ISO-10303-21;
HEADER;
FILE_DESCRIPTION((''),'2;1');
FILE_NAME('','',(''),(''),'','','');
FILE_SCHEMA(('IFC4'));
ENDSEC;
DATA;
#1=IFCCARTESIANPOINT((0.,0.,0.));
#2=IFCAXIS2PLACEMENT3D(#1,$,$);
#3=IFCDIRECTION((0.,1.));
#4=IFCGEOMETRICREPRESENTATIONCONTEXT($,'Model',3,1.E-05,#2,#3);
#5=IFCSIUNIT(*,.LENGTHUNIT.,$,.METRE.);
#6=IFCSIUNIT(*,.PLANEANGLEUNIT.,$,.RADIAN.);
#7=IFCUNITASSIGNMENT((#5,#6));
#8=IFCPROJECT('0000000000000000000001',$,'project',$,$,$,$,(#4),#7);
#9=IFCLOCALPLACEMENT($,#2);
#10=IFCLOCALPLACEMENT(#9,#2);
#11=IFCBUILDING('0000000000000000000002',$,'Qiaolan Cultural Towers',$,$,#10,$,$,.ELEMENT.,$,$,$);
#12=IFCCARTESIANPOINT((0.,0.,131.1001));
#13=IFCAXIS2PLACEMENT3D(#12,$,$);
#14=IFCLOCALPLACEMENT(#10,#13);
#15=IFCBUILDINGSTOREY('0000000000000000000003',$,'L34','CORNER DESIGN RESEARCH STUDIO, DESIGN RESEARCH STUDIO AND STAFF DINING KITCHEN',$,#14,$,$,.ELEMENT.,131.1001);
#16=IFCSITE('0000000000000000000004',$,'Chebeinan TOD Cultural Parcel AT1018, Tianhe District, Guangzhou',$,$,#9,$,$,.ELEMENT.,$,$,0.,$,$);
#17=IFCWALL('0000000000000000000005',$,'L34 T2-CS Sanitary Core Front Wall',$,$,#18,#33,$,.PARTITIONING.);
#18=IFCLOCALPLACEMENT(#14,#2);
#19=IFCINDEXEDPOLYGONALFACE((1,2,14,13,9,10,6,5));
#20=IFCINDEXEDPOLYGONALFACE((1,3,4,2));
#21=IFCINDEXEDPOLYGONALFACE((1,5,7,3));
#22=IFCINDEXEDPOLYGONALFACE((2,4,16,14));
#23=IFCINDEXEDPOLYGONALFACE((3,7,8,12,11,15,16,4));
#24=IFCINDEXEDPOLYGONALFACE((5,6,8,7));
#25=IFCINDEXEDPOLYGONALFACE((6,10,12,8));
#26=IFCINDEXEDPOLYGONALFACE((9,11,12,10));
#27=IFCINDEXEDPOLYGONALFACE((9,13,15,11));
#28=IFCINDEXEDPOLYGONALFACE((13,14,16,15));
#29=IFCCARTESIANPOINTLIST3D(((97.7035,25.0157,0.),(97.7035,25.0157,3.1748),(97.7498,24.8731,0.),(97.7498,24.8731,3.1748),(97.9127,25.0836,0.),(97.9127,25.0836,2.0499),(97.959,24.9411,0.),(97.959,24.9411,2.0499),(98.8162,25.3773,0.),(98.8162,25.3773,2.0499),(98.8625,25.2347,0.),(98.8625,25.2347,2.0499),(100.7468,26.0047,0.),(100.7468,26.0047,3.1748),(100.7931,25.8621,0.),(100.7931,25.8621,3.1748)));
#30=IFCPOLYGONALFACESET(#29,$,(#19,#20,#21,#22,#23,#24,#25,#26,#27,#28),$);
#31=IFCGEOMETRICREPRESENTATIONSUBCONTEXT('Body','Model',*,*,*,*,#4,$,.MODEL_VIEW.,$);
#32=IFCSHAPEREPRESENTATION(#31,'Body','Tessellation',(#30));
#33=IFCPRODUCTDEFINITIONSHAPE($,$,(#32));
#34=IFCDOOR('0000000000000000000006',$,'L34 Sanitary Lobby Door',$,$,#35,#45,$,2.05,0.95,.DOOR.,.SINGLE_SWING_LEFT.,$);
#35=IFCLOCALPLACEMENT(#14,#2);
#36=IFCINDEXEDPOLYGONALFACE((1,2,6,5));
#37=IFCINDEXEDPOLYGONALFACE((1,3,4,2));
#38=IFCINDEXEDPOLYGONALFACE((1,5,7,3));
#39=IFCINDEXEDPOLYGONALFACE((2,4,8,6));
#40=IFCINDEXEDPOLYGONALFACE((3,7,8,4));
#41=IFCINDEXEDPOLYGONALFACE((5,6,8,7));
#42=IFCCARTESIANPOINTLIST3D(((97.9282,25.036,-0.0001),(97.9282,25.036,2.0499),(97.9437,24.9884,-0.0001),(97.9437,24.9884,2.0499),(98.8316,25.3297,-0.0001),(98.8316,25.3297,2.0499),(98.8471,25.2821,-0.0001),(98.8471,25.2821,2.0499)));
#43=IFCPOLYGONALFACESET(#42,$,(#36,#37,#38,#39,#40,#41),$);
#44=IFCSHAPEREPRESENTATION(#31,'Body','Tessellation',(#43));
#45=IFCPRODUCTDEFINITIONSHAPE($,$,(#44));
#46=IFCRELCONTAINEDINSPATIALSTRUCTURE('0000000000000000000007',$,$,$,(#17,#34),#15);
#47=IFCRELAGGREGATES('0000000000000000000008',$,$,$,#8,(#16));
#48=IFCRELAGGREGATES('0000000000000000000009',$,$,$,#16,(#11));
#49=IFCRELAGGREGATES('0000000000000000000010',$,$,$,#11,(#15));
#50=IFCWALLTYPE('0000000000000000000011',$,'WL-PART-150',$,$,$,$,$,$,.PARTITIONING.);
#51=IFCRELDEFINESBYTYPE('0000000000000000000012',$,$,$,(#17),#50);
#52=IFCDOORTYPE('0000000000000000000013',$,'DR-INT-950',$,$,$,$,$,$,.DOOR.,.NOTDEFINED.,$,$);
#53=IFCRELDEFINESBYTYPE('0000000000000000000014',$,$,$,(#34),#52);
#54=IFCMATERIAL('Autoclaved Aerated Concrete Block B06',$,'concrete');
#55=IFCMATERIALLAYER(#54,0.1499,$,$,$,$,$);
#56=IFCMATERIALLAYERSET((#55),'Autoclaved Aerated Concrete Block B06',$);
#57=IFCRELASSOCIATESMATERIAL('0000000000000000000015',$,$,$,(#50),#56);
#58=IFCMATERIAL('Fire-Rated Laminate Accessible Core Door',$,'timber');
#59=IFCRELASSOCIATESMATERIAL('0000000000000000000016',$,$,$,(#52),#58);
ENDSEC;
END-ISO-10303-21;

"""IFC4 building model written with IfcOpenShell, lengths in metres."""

from ifc_helpers import new_model, si_unit, direction, frame, frame_2d, origin, place, context, subcontext, project, spatial, rectangle, extrude, material, layer, layer_set, type_object, element, fill, save


model = new_model("IFC4")

# Units and contexts
model_context = context("Model", 3, precision=1e-05, world=origin(), true_north=direction((0.0, 1.0)))
body_context = subcontext(model_context, "Body", "Model", "MODEL_VIEW")
ifc_project = project(units=[si_unit("LENGTHUNIT", "METRE"), si_unit("PLANEANGLEUNIT", "RADIAN")], contexts=[model_context])

# Site, building, storey
site_placement = place(None, origin())
site = spatial("IfcSite", under=ifc_project, at=site_placement, Name="Chebeinan TOD Cultural Parcel AT1018, Tianhe District, Guangzhou", CompositionType="ELEMENT", RefElevation=0.0)
building_placement = place(site_placement, origin())
building = spatial("IfcBuilding", under=site, at=building_placement, Name="Qiaolan Cultural Towers", CompositionType="ELEMENT")
storey_placement = place(building_placement, frame((0.0, 0.0, 131.1001)))
storey = spatial("IfcBuildingStorey", under=building, at=storey_placement, Name="L34", Description="CORNER DESIGN RESEARCH STUDIO, DESIGN RESEARCH STUDIO AND STAFF DINING KITCHEN", CompositionType="ELEMENT", Elevation=131.1001)

# Shared definitions
ifc_material_1 = material(Name="Autoclaved Aerated Concrete Block B06", Category="concrete")
ifc_layer_1 = layer(ifc_material_1, 0.1499)
ifc_layer_set_1 = layer_set([ifc_layer_1], Name="Autoclaved Aerated Concrete Block B06")
wall_type_1 = type_object("IfcWallType", Name="WL-PART-150", PredefinedType="PARTITIONING", material=ifc_layer_set_1)
ifc_material_2 = material(Name="Fire-Rated Laminate Accessible Core Door", Category="timber")
door_type_1 = type_object("IfcDoorType", Name="DR-INT-950", OperationType="NOTDEFINED", PredefinedType="DOOR", material=ifc_material_2)

# Wall, opening, door
wall_1_placement = place(storey_placement, frame((97.7266, 24.9443, 0.0), z_axis=(0.0, 0.0, 1.0), x_axis=(0.951037, 0.309077, 0.0)))
wall_1 = element("IfcWall", 1, at=wall_1_placement, inside=storey, type_object=wall_type_1, Name="L34 T2-CS Sanitary Core Front Wall", PredefinedType="PARTITIONING", context=body_context, shape_type="SweptSolid", body=[
    extrude(rectangle(XDim=3.2, YDim=0.1499, at=frame_2d((1.6001, 0.0))), origin(), (0.0, 0.0, 1.0), 3.1748),
])
opening_1_placement = place(wall_1_placement, frame((0.22, 0.0, 0.0)))
opening_1 = element("IfcOpeningElement", 2, at=opening_1_placement, cuts=wall_1, PredefinedType="OPENING", context=body_context, shape_type="SweptSolid", body=[
    extrude(rectangle(XDim=0.95, YDim=2.05, at=frame_2d((0.4751, 1.0249))), frame((0.0, 0.085, 0.0), z_axis=(0.0, -1.0, 0.0), x_axis=(1.0, 0.0, 0.0)), (0.0, 0.0, 1.0), 0.1699),
])
door_1_placement = place(opening_1_placement, origin())
door_1 = element("IfcDoor", 3, at=door_1_placement, inside=storey, type_object=door_type_1, Name="L34 Sanitary Lobby Door", OperationType="SINGLE_SWING_LEFT", OverallHeight=2.05, OverallWidth=0.95, PredefinedType="DOOR", context=body_context, shape_type="SweptSolid", body=[
    extrude(rectangle(XDim=0.95, YDim=2.05, at=frame_2d((0.4751, 1.0249))), frame((0.0, 0.0249, 0.0), z_axis=(0.0, -1.0, 0.0), x_axis=(1.0, 0.0, 0.0)), (0.0, 0.0, 1.0), 0.05),
])
fill(opening_1, door_1)

save(model, "model.ifc")
